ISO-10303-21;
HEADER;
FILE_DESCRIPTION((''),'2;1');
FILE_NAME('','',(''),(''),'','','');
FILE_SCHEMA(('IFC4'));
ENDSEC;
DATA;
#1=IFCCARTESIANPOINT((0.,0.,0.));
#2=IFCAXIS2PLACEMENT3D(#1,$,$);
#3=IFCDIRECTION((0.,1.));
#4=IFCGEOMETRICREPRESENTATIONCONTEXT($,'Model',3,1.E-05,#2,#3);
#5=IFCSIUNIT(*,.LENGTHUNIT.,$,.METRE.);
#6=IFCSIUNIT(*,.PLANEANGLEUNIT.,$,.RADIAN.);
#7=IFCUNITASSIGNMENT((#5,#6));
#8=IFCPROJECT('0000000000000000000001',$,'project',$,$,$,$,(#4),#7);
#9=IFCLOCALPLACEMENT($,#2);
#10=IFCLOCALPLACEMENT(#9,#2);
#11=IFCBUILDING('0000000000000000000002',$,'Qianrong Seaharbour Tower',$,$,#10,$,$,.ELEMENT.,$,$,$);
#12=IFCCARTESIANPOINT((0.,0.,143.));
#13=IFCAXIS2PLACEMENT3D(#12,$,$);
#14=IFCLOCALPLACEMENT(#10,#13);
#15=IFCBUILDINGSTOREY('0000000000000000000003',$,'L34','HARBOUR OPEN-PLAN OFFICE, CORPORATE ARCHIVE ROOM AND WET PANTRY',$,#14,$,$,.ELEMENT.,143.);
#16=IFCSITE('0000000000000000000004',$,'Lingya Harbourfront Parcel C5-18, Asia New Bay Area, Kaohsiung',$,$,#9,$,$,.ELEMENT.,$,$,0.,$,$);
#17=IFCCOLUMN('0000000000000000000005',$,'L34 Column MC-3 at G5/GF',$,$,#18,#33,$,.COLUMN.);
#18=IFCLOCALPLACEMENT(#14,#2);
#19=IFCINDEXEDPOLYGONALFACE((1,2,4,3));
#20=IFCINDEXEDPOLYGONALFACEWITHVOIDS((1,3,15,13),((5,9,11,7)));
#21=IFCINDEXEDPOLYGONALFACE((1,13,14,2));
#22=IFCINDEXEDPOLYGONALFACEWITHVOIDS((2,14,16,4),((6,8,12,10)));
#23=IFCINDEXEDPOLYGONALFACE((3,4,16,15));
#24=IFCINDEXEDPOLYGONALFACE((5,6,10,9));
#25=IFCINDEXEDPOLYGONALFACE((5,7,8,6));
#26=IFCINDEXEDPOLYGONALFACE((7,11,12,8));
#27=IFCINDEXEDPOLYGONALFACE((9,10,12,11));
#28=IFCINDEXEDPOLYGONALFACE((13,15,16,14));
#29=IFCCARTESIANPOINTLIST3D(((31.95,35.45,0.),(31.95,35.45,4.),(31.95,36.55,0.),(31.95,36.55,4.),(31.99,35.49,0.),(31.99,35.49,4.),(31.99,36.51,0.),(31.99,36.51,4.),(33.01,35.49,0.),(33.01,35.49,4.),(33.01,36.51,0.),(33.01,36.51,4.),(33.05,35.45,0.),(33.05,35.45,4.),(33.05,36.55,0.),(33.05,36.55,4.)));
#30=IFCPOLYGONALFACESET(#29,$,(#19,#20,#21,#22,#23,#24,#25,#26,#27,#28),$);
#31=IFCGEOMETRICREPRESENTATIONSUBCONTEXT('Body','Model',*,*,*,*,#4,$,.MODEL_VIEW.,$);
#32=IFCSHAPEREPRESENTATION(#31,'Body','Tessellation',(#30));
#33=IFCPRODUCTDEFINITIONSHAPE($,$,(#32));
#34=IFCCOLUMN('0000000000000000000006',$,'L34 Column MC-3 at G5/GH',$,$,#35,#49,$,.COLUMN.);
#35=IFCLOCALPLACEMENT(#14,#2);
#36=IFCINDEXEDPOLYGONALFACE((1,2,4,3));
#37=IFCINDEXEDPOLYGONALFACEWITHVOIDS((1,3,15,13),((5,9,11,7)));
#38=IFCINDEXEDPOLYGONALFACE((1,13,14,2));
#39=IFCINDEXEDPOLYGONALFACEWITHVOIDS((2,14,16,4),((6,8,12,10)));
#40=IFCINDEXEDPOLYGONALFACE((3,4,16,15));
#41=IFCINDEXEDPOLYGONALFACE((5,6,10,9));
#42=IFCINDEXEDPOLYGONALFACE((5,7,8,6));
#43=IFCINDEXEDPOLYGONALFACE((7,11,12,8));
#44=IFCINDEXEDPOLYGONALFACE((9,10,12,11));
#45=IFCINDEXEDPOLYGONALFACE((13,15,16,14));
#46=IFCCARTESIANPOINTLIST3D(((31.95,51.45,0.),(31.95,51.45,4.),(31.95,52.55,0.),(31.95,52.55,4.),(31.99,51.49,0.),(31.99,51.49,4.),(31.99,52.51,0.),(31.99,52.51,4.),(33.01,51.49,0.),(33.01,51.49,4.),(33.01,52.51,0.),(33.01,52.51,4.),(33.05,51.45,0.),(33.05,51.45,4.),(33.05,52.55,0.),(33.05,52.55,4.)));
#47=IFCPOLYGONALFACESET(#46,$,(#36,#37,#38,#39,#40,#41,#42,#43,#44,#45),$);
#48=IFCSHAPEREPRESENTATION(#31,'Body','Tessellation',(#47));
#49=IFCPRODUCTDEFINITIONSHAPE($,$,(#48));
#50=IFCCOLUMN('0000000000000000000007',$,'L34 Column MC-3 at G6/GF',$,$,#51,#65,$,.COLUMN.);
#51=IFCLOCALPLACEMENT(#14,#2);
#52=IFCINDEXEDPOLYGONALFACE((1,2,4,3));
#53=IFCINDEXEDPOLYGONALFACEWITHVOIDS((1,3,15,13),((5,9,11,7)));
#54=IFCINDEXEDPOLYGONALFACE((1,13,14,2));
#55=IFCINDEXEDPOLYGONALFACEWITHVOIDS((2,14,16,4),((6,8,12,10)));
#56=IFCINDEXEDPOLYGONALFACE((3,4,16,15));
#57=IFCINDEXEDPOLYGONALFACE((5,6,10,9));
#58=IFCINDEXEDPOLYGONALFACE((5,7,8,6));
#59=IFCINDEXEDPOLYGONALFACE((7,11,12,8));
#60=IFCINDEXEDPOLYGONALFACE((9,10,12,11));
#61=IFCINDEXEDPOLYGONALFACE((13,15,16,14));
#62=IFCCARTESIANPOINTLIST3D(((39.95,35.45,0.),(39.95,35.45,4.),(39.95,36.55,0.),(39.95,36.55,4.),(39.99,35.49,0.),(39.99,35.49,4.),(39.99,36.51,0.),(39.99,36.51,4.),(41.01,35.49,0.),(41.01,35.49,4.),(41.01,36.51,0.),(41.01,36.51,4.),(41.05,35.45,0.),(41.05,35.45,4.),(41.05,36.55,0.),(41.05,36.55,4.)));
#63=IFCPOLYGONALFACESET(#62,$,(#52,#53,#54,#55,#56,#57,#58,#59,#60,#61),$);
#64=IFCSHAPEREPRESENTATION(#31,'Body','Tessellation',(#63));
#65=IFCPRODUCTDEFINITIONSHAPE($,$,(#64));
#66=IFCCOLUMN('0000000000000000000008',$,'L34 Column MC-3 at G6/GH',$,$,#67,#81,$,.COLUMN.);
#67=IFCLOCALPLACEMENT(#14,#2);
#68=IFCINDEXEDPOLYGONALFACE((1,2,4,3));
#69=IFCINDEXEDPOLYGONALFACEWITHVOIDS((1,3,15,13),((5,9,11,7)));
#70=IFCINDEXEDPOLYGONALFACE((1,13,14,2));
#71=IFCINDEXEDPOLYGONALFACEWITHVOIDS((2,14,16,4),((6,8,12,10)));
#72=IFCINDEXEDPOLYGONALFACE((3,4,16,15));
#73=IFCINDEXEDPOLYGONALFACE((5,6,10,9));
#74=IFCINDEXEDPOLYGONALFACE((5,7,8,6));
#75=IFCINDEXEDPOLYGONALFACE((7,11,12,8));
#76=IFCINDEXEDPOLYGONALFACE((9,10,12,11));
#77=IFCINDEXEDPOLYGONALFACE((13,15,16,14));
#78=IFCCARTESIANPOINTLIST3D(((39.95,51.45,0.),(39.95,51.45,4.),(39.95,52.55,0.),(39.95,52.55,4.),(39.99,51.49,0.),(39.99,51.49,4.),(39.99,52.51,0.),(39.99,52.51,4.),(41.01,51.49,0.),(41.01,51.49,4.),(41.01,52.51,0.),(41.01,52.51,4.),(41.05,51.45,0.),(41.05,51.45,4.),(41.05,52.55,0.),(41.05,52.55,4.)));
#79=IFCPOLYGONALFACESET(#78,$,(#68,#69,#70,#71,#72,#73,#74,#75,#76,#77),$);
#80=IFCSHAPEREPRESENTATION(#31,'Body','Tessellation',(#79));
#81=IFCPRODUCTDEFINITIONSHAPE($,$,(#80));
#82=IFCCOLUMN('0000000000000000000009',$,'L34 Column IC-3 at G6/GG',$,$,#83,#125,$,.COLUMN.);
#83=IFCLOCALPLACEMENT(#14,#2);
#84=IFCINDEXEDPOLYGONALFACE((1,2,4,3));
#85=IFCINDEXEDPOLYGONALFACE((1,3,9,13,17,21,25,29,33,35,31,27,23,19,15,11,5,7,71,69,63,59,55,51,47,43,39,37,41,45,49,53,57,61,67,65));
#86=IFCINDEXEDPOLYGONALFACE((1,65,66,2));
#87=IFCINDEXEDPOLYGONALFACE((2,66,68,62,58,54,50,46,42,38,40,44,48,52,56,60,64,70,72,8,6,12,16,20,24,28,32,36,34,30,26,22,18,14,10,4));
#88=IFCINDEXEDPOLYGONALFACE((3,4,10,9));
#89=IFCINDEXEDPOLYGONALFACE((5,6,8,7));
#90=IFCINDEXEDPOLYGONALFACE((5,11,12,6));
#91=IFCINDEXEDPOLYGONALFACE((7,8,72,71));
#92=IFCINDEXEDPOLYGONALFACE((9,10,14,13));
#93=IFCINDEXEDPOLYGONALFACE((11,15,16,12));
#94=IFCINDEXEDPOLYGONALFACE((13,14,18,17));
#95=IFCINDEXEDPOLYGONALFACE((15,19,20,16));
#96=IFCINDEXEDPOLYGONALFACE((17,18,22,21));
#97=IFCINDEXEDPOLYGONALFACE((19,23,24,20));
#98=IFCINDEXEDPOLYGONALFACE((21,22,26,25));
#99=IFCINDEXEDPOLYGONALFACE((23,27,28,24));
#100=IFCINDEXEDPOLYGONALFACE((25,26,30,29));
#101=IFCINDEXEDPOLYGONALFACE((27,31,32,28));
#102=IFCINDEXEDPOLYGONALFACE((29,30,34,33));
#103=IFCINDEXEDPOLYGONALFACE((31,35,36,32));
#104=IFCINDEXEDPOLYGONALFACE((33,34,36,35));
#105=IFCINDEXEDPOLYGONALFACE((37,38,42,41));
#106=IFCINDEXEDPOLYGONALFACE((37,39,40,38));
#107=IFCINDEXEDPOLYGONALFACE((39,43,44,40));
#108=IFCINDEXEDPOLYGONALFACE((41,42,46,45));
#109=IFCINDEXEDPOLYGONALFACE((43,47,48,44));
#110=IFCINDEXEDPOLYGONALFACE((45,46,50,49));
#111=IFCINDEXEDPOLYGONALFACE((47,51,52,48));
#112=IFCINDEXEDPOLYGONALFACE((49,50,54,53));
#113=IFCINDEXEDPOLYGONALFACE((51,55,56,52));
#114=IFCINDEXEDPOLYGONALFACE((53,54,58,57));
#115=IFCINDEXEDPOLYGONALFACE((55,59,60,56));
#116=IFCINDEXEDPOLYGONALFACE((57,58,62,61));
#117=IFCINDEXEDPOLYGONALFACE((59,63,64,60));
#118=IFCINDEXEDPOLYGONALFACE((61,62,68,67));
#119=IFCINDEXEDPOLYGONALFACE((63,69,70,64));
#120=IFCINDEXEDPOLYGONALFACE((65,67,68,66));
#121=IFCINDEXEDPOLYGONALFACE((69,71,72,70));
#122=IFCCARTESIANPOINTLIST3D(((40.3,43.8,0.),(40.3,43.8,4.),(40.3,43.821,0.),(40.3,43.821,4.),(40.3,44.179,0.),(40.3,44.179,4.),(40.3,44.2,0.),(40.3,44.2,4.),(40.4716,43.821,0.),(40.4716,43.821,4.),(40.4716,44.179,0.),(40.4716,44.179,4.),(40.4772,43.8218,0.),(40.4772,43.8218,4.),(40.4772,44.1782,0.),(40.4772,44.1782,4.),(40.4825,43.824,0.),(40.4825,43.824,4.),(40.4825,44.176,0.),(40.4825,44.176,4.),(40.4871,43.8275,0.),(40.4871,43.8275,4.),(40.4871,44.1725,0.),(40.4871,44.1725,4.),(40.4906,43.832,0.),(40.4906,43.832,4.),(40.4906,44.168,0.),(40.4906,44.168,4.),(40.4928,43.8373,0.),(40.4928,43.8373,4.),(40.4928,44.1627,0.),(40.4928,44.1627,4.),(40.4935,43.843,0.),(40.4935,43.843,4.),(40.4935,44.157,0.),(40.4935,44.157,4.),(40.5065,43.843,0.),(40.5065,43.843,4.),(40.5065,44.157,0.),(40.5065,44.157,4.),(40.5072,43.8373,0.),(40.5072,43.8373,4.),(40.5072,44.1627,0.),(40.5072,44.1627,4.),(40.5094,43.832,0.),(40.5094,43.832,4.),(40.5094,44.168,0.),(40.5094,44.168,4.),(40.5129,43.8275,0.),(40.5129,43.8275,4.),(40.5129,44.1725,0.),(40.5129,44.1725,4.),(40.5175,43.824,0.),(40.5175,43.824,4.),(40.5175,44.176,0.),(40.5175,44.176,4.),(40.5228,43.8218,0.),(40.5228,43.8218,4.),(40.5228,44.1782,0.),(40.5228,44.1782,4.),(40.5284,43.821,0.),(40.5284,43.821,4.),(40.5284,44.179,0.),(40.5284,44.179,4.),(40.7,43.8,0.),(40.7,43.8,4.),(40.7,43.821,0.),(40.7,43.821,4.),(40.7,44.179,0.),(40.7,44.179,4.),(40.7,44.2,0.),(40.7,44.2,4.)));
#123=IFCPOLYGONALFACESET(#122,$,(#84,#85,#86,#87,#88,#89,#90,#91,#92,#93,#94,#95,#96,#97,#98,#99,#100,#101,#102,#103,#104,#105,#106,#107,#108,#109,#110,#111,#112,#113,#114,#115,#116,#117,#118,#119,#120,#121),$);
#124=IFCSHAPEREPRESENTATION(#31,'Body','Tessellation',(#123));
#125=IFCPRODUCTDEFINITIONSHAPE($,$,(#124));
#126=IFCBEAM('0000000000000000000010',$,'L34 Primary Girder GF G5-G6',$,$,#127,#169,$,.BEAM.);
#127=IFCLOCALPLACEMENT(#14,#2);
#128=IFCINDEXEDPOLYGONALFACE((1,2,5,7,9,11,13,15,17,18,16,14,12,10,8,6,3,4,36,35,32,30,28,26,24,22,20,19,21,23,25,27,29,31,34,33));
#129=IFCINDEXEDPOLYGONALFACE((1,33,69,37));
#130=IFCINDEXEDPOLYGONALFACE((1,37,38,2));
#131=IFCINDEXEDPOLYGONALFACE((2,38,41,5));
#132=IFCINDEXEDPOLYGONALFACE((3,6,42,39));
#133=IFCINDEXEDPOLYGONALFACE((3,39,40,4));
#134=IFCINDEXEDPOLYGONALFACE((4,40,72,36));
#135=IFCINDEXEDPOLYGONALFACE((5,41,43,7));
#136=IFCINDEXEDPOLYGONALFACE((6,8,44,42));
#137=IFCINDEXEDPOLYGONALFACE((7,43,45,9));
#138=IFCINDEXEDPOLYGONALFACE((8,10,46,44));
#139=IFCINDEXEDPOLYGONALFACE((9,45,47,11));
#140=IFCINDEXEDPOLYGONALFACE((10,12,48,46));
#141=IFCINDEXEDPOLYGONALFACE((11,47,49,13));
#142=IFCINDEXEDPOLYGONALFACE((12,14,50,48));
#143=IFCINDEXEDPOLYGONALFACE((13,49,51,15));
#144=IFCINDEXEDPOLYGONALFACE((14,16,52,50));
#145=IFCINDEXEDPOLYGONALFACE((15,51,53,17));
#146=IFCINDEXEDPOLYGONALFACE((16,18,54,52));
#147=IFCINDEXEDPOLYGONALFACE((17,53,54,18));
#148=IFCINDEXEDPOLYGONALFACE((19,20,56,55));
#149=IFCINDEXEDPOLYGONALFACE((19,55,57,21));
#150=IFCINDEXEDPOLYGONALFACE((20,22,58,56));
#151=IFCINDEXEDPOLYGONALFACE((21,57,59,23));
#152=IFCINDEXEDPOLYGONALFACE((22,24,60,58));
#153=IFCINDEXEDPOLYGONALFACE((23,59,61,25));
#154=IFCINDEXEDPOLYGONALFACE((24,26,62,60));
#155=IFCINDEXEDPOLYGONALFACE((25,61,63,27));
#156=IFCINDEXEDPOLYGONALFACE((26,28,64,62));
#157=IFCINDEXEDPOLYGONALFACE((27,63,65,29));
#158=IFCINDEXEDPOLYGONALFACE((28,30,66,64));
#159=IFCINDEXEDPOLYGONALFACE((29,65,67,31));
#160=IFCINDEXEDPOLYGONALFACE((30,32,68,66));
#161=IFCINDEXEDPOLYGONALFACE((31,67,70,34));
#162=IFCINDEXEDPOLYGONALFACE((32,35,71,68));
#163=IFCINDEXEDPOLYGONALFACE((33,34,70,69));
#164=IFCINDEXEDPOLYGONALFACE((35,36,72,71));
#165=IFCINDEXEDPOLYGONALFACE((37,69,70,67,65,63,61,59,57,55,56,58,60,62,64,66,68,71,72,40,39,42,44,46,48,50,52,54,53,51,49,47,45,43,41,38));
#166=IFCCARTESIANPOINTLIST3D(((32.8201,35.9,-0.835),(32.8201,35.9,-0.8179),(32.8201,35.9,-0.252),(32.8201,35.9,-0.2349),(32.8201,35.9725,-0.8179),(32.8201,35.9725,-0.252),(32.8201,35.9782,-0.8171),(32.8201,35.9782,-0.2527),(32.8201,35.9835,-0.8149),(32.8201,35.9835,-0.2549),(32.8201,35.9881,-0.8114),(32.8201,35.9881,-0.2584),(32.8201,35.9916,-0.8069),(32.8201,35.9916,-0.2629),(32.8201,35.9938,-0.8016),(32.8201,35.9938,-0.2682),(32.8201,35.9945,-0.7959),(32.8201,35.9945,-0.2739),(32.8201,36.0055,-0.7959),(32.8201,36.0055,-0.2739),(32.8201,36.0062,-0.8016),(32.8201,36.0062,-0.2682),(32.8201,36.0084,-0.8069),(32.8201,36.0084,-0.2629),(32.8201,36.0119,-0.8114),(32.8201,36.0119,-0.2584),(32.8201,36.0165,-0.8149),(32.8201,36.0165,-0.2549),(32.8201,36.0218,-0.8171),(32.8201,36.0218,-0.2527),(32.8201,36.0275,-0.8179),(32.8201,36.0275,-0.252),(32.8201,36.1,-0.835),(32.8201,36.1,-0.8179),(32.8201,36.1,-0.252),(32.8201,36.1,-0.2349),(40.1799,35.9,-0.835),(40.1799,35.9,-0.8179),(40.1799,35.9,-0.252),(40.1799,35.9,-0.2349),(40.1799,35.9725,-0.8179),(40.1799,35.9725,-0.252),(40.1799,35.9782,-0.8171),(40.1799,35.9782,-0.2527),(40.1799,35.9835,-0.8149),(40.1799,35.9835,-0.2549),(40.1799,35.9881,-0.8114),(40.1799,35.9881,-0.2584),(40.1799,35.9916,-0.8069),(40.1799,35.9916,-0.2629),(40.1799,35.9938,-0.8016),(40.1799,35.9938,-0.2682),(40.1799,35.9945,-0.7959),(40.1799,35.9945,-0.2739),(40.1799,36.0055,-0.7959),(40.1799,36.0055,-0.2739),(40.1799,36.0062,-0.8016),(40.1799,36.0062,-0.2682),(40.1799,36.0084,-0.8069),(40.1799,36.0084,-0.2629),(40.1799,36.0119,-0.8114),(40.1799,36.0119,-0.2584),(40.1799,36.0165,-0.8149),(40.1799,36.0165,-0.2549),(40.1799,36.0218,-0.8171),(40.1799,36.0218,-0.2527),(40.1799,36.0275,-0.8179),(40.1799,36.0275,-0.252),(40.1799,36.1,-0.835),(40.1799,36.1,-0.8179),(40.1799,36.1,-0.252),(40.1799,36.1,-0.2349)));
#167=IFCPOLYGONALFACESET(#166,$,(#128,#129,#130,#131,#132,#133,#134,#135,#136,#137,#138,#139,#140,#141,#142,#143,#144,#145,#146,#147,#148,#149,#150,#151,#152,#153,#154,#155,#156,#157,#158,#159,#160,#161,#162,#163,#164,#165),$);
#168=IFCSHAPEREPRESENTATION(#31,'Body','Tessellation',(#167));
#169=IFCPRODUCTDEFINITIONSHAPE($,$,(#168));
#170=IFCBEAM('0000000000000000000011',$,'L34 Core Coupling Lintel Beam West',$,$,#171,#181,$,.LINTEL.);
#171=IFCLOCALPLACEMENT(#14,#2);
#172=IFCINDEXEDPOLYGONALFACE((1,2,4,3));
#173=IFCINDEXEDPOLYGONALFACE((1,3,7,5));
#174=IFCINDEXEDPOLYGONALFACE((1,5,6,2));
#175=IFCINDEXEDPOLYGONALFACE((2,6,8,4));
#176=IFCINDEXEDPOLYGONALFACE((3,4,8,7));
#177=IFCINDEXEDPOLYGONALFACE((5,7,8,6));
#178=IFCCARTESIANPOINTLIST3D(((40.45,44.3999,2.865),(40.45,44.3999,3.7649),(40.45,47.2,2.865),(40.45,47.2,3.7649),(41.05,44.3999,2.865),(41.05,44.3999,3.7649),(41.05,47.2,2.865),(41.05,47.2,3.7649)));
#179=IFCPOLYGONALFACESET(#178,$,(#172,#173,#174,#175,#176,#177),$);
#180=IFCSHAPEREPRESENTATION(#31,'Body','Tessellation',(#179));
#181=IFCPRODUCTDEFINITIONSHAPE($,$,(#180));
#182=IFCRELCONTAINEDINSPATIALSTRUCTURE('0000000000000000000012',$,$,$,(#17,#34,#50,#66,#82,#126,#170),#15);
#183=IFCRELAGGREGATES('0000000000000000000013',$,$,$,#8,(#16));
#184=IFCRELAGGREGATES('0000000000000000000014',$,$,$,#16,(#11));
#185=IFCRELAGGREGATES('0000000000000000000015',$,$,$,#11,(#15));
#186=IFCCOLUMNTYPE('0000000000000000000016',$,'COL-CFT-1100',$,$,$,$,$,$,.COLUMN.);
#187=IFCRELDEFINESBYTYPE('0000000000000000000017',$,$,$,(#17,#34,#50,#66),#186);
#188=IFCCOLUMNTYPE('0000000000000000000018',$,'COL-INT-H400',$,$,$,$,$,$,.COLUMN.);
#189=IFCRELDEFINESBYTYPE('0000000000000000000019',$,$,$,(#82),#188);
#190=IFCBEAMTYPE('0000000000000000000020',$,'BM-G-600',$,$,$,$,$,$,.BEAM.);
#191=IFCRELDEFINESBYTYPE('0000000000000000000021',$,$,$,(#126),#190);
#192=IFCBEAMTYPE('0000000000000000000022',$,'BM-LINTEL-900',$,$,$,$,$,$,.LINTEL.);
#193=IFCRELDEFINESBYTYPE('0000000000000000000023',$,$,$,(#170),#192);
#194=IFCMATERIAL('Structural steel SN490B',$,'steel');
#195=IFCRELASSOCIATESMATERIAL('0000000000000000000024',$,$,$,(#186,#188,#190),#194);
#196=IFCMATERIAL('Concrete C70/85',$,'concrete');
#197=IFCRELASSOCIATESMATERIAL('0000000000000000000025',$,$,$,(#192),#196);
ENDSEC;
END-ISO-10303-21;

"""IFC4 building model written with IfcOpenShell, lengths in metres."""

from ifc_helpers import new_model, si_unit, direction, frame, origin, origin_2d, place, context, subcontext, project, spatial, rectangle, hollow_rectangle, i_section, extrude, material, material_profile, profile_set, type_object, element, save


model = new_model("IFC4")

# Units and contexts
model_context = context("Model", 3, precision=1e-05, world=origin(), true_north=direction((0.0, 1.0)))
body_context = subcontext(model_context, "Body", "Model", "MODEL_VIEW")
ifc_project = project(units=[si_unit("LENGTHUNIT", "METRE"), si_unit("PLANEANGLEUNIT", "RADIAN")], contexts=[model_context])

# Site, building, storey
site_placement = place(None, origin())
site = spatial("IfcSite", under=ifc_project, at=site_placement, Name="Lingya Harbourfront Parcel C5-18, Asia New Bay Area, Kaohsiung", CompositionType="ELEMENT", RefElevation=0.0)
building_placement = place(site_placement, origin())
building = spatial("IfcBuilding", under=site, at=building_placement, Name="Qianrong Seaharbour Tower", CompositionType="ELEMENT")
storey_placement = place(building_placement, frame((0.0, 0.0, 143.0)))
storey = spatial("IfcBuildingStorey", under=building, at=storey_placement, Name="L34", Description="HARBOUR OPEN-PLAN OFFICE, CORPORATE ARCHIVE ROOM AND WET PANTRY", CompositionType="ELEMENT", Elevation=143.0)

# Columns
ifc_material_1 = material(Name="Structural steel SN490B", Category="steel")
ifc_material_profile_1 = material_profile(ifc_material_1, hollow_rectangle(XDim=1.1001, YDim=1.1001, WallThickness=0.04, at=origin_2d()), Name="BOX1100x1100x40")
ifc_profile_set_1 = profile_set([ifc_material_profile_1], Name="Structural steel SN490B")
column_type_1 = type_object("IfcColumnType", Name="COL-CFT-1100", PredefinedType="COLUMN", material=ifc_profile_set_1)
for number, where, z_axis, x_axis, name in (
    (1, (32.5, 36.0, 0.0), (0.0, 0.0, 1.0), (1.0, 0.0, 0.0), "L34 Column MC-3 at G5/GF"),
    (2, (32.5, 52.0, 0.0), (0.0, 0.0, 1.0), (1.0, 0.0, 0.0), "L34 Column MC-3 at G5/GH"),
    (3, (40.5, 36.0, 0.0), (0.0, 0.0, 1.0), (1.0, 0.0, 0.0), "L34 Column MC-3 at G6/GF"),
    (4, (40.5, 52.0, 0.0), (0.0, 0.0, 1.0), (1.0, 0.0, 0.0), "L34 Column MC-3 at G6/GH"),
):
    element("IfcColumn", number, at=place(storey_placement, frame(where, z_axis=z_axis, x_axis=x_axis)), inside=storey, type_object=column_type_1, Name=name, PredefinedType="COLUMN", context=body_context, shape_type="SweptSolid", body=[
        extrude(hollow_rectangle(XDim=1.1001, YDim=1.1001, WallThickness=0.04, at=origin_2d()), origin(), (0.0, 0.0, 1.0), 4.0),
    ])
ifc_material_profile_2 = material_profile(ifc_material_1, i_section(OverallWidth=0.3999, OverallDepth=0.3999, WebThickness=0.0129, FlangeThickness=0.021, FilletRadius=0.022, at=origin_2d()), Name="H400x400x13x21")
ifc_profile_set_2 = profile_set([ifc_material_profile_2], Name="Structural steel SN490B")
column_type_2 = type_object("IfcColumnType", Name="COL-INT-H400", PredefinedType="COLUMN", material=ifc_profile_set_2)
column_placement = place(storey_placement, frame((40.5, 44.0, 0.0), z_axis=(0.0, 0.0, 1.0), x_axis=(1.0, 0.0, 0.0)))
element("IfcColumn", 5, at=column_placement, inside=storey, type_object=column_type_2, Name="L34 Column IC-3 at G6/GG", PredefinedType="COLUMN", context=body_context, shape_type="SweptSolid", body=[
    extrude(i_section(OverallWidth=0.3999, OverallDepth=0.3999, WebThickness=0.0129, FlangeThickness=0.021, FilletRadius=0.022, at=origin_2d()), origin(), (0.0, 0.0, 1.0), 4.0),
])

# Beams
ifc_material_profile_3 = material_profile(ifc_material_1, i_section(OverallWidth=0.2, OverallDepth=0.6001, WebThickness=0.011, FlangeThickness=0.0171, FilletRadius=0.022, at=origin_2d()), Name="H600x200x11x17")
ifc_profile_set_3 = profile_set([ifc_material_profile_3], Name="Structural steel SN490B")
beam_type_1 = type_object("IfcBeamType", Name="BM-G-600", PredefinedType="BEAM", material=ifc_profile_set_3)
beam_1_placement = place(storey_placement, frame((32.8201, 36.0, -0.5349), z_axis=(1.0, 0.0, 0.0), x_axis=(0.0, 1.0, 0.0)))
element("IfcBeam", 6, at=beam_1_placement, inside=storey, type_object=beam_type_1, Name="L34 Primary Girder GF G5-G6", PredefinedType="BEAM", context=body_context, shape_type="SweptSolid", body=[
    extrude(i_section(OverallWidth=0.2, OverallDepth=0.6001, WebThickness=0.011, FlangeThickness=0.0171, FilletRadius=0.022, at=origin_2d()), origin(), (0.0, 0.0, 1.0), 7.3599),
])
ifc_material_2 = material(Name="Concrete C70/85", Category="concrete")
ifc_material_profile_4 = material_profile(ifc_material_2, rectangle(XDim=0.6001, YDim=0.8999, at=origin_2d()), Name="RC600x900")
ifc_profile_set_4 = profile_set([ifc_material_profile_4], Name="Concrete C70/85")
beam_type_2 = type_object("IfcBeamType", Name="BM-LINTEL-900", PredefinedType="LINTEL", material=ifc_profile_set_4)
beam_2_placement = place(storey_placement, frame((40.75, 44.3999, 3.3149), z_axis=(0.0, 1.0, 0.0), x_axis=(-1.0, 0.0, 0.0)))
element("IfcBeam", 7, at=beam_2_placement, inside=storey, type_object=beam_type_2, Name="L34 Core Coupling Lintel Beam West", PredefinedType="LINTEL", context=body_context, shape_type="SweptSolid", body=[
    extrude(rectangle(XDim=0.6001, YDim=0.8999, at=origin_2d()), origin(), (0.0, 0.0, 1.0), 2.8),
])

save(model, "model.ifc")
